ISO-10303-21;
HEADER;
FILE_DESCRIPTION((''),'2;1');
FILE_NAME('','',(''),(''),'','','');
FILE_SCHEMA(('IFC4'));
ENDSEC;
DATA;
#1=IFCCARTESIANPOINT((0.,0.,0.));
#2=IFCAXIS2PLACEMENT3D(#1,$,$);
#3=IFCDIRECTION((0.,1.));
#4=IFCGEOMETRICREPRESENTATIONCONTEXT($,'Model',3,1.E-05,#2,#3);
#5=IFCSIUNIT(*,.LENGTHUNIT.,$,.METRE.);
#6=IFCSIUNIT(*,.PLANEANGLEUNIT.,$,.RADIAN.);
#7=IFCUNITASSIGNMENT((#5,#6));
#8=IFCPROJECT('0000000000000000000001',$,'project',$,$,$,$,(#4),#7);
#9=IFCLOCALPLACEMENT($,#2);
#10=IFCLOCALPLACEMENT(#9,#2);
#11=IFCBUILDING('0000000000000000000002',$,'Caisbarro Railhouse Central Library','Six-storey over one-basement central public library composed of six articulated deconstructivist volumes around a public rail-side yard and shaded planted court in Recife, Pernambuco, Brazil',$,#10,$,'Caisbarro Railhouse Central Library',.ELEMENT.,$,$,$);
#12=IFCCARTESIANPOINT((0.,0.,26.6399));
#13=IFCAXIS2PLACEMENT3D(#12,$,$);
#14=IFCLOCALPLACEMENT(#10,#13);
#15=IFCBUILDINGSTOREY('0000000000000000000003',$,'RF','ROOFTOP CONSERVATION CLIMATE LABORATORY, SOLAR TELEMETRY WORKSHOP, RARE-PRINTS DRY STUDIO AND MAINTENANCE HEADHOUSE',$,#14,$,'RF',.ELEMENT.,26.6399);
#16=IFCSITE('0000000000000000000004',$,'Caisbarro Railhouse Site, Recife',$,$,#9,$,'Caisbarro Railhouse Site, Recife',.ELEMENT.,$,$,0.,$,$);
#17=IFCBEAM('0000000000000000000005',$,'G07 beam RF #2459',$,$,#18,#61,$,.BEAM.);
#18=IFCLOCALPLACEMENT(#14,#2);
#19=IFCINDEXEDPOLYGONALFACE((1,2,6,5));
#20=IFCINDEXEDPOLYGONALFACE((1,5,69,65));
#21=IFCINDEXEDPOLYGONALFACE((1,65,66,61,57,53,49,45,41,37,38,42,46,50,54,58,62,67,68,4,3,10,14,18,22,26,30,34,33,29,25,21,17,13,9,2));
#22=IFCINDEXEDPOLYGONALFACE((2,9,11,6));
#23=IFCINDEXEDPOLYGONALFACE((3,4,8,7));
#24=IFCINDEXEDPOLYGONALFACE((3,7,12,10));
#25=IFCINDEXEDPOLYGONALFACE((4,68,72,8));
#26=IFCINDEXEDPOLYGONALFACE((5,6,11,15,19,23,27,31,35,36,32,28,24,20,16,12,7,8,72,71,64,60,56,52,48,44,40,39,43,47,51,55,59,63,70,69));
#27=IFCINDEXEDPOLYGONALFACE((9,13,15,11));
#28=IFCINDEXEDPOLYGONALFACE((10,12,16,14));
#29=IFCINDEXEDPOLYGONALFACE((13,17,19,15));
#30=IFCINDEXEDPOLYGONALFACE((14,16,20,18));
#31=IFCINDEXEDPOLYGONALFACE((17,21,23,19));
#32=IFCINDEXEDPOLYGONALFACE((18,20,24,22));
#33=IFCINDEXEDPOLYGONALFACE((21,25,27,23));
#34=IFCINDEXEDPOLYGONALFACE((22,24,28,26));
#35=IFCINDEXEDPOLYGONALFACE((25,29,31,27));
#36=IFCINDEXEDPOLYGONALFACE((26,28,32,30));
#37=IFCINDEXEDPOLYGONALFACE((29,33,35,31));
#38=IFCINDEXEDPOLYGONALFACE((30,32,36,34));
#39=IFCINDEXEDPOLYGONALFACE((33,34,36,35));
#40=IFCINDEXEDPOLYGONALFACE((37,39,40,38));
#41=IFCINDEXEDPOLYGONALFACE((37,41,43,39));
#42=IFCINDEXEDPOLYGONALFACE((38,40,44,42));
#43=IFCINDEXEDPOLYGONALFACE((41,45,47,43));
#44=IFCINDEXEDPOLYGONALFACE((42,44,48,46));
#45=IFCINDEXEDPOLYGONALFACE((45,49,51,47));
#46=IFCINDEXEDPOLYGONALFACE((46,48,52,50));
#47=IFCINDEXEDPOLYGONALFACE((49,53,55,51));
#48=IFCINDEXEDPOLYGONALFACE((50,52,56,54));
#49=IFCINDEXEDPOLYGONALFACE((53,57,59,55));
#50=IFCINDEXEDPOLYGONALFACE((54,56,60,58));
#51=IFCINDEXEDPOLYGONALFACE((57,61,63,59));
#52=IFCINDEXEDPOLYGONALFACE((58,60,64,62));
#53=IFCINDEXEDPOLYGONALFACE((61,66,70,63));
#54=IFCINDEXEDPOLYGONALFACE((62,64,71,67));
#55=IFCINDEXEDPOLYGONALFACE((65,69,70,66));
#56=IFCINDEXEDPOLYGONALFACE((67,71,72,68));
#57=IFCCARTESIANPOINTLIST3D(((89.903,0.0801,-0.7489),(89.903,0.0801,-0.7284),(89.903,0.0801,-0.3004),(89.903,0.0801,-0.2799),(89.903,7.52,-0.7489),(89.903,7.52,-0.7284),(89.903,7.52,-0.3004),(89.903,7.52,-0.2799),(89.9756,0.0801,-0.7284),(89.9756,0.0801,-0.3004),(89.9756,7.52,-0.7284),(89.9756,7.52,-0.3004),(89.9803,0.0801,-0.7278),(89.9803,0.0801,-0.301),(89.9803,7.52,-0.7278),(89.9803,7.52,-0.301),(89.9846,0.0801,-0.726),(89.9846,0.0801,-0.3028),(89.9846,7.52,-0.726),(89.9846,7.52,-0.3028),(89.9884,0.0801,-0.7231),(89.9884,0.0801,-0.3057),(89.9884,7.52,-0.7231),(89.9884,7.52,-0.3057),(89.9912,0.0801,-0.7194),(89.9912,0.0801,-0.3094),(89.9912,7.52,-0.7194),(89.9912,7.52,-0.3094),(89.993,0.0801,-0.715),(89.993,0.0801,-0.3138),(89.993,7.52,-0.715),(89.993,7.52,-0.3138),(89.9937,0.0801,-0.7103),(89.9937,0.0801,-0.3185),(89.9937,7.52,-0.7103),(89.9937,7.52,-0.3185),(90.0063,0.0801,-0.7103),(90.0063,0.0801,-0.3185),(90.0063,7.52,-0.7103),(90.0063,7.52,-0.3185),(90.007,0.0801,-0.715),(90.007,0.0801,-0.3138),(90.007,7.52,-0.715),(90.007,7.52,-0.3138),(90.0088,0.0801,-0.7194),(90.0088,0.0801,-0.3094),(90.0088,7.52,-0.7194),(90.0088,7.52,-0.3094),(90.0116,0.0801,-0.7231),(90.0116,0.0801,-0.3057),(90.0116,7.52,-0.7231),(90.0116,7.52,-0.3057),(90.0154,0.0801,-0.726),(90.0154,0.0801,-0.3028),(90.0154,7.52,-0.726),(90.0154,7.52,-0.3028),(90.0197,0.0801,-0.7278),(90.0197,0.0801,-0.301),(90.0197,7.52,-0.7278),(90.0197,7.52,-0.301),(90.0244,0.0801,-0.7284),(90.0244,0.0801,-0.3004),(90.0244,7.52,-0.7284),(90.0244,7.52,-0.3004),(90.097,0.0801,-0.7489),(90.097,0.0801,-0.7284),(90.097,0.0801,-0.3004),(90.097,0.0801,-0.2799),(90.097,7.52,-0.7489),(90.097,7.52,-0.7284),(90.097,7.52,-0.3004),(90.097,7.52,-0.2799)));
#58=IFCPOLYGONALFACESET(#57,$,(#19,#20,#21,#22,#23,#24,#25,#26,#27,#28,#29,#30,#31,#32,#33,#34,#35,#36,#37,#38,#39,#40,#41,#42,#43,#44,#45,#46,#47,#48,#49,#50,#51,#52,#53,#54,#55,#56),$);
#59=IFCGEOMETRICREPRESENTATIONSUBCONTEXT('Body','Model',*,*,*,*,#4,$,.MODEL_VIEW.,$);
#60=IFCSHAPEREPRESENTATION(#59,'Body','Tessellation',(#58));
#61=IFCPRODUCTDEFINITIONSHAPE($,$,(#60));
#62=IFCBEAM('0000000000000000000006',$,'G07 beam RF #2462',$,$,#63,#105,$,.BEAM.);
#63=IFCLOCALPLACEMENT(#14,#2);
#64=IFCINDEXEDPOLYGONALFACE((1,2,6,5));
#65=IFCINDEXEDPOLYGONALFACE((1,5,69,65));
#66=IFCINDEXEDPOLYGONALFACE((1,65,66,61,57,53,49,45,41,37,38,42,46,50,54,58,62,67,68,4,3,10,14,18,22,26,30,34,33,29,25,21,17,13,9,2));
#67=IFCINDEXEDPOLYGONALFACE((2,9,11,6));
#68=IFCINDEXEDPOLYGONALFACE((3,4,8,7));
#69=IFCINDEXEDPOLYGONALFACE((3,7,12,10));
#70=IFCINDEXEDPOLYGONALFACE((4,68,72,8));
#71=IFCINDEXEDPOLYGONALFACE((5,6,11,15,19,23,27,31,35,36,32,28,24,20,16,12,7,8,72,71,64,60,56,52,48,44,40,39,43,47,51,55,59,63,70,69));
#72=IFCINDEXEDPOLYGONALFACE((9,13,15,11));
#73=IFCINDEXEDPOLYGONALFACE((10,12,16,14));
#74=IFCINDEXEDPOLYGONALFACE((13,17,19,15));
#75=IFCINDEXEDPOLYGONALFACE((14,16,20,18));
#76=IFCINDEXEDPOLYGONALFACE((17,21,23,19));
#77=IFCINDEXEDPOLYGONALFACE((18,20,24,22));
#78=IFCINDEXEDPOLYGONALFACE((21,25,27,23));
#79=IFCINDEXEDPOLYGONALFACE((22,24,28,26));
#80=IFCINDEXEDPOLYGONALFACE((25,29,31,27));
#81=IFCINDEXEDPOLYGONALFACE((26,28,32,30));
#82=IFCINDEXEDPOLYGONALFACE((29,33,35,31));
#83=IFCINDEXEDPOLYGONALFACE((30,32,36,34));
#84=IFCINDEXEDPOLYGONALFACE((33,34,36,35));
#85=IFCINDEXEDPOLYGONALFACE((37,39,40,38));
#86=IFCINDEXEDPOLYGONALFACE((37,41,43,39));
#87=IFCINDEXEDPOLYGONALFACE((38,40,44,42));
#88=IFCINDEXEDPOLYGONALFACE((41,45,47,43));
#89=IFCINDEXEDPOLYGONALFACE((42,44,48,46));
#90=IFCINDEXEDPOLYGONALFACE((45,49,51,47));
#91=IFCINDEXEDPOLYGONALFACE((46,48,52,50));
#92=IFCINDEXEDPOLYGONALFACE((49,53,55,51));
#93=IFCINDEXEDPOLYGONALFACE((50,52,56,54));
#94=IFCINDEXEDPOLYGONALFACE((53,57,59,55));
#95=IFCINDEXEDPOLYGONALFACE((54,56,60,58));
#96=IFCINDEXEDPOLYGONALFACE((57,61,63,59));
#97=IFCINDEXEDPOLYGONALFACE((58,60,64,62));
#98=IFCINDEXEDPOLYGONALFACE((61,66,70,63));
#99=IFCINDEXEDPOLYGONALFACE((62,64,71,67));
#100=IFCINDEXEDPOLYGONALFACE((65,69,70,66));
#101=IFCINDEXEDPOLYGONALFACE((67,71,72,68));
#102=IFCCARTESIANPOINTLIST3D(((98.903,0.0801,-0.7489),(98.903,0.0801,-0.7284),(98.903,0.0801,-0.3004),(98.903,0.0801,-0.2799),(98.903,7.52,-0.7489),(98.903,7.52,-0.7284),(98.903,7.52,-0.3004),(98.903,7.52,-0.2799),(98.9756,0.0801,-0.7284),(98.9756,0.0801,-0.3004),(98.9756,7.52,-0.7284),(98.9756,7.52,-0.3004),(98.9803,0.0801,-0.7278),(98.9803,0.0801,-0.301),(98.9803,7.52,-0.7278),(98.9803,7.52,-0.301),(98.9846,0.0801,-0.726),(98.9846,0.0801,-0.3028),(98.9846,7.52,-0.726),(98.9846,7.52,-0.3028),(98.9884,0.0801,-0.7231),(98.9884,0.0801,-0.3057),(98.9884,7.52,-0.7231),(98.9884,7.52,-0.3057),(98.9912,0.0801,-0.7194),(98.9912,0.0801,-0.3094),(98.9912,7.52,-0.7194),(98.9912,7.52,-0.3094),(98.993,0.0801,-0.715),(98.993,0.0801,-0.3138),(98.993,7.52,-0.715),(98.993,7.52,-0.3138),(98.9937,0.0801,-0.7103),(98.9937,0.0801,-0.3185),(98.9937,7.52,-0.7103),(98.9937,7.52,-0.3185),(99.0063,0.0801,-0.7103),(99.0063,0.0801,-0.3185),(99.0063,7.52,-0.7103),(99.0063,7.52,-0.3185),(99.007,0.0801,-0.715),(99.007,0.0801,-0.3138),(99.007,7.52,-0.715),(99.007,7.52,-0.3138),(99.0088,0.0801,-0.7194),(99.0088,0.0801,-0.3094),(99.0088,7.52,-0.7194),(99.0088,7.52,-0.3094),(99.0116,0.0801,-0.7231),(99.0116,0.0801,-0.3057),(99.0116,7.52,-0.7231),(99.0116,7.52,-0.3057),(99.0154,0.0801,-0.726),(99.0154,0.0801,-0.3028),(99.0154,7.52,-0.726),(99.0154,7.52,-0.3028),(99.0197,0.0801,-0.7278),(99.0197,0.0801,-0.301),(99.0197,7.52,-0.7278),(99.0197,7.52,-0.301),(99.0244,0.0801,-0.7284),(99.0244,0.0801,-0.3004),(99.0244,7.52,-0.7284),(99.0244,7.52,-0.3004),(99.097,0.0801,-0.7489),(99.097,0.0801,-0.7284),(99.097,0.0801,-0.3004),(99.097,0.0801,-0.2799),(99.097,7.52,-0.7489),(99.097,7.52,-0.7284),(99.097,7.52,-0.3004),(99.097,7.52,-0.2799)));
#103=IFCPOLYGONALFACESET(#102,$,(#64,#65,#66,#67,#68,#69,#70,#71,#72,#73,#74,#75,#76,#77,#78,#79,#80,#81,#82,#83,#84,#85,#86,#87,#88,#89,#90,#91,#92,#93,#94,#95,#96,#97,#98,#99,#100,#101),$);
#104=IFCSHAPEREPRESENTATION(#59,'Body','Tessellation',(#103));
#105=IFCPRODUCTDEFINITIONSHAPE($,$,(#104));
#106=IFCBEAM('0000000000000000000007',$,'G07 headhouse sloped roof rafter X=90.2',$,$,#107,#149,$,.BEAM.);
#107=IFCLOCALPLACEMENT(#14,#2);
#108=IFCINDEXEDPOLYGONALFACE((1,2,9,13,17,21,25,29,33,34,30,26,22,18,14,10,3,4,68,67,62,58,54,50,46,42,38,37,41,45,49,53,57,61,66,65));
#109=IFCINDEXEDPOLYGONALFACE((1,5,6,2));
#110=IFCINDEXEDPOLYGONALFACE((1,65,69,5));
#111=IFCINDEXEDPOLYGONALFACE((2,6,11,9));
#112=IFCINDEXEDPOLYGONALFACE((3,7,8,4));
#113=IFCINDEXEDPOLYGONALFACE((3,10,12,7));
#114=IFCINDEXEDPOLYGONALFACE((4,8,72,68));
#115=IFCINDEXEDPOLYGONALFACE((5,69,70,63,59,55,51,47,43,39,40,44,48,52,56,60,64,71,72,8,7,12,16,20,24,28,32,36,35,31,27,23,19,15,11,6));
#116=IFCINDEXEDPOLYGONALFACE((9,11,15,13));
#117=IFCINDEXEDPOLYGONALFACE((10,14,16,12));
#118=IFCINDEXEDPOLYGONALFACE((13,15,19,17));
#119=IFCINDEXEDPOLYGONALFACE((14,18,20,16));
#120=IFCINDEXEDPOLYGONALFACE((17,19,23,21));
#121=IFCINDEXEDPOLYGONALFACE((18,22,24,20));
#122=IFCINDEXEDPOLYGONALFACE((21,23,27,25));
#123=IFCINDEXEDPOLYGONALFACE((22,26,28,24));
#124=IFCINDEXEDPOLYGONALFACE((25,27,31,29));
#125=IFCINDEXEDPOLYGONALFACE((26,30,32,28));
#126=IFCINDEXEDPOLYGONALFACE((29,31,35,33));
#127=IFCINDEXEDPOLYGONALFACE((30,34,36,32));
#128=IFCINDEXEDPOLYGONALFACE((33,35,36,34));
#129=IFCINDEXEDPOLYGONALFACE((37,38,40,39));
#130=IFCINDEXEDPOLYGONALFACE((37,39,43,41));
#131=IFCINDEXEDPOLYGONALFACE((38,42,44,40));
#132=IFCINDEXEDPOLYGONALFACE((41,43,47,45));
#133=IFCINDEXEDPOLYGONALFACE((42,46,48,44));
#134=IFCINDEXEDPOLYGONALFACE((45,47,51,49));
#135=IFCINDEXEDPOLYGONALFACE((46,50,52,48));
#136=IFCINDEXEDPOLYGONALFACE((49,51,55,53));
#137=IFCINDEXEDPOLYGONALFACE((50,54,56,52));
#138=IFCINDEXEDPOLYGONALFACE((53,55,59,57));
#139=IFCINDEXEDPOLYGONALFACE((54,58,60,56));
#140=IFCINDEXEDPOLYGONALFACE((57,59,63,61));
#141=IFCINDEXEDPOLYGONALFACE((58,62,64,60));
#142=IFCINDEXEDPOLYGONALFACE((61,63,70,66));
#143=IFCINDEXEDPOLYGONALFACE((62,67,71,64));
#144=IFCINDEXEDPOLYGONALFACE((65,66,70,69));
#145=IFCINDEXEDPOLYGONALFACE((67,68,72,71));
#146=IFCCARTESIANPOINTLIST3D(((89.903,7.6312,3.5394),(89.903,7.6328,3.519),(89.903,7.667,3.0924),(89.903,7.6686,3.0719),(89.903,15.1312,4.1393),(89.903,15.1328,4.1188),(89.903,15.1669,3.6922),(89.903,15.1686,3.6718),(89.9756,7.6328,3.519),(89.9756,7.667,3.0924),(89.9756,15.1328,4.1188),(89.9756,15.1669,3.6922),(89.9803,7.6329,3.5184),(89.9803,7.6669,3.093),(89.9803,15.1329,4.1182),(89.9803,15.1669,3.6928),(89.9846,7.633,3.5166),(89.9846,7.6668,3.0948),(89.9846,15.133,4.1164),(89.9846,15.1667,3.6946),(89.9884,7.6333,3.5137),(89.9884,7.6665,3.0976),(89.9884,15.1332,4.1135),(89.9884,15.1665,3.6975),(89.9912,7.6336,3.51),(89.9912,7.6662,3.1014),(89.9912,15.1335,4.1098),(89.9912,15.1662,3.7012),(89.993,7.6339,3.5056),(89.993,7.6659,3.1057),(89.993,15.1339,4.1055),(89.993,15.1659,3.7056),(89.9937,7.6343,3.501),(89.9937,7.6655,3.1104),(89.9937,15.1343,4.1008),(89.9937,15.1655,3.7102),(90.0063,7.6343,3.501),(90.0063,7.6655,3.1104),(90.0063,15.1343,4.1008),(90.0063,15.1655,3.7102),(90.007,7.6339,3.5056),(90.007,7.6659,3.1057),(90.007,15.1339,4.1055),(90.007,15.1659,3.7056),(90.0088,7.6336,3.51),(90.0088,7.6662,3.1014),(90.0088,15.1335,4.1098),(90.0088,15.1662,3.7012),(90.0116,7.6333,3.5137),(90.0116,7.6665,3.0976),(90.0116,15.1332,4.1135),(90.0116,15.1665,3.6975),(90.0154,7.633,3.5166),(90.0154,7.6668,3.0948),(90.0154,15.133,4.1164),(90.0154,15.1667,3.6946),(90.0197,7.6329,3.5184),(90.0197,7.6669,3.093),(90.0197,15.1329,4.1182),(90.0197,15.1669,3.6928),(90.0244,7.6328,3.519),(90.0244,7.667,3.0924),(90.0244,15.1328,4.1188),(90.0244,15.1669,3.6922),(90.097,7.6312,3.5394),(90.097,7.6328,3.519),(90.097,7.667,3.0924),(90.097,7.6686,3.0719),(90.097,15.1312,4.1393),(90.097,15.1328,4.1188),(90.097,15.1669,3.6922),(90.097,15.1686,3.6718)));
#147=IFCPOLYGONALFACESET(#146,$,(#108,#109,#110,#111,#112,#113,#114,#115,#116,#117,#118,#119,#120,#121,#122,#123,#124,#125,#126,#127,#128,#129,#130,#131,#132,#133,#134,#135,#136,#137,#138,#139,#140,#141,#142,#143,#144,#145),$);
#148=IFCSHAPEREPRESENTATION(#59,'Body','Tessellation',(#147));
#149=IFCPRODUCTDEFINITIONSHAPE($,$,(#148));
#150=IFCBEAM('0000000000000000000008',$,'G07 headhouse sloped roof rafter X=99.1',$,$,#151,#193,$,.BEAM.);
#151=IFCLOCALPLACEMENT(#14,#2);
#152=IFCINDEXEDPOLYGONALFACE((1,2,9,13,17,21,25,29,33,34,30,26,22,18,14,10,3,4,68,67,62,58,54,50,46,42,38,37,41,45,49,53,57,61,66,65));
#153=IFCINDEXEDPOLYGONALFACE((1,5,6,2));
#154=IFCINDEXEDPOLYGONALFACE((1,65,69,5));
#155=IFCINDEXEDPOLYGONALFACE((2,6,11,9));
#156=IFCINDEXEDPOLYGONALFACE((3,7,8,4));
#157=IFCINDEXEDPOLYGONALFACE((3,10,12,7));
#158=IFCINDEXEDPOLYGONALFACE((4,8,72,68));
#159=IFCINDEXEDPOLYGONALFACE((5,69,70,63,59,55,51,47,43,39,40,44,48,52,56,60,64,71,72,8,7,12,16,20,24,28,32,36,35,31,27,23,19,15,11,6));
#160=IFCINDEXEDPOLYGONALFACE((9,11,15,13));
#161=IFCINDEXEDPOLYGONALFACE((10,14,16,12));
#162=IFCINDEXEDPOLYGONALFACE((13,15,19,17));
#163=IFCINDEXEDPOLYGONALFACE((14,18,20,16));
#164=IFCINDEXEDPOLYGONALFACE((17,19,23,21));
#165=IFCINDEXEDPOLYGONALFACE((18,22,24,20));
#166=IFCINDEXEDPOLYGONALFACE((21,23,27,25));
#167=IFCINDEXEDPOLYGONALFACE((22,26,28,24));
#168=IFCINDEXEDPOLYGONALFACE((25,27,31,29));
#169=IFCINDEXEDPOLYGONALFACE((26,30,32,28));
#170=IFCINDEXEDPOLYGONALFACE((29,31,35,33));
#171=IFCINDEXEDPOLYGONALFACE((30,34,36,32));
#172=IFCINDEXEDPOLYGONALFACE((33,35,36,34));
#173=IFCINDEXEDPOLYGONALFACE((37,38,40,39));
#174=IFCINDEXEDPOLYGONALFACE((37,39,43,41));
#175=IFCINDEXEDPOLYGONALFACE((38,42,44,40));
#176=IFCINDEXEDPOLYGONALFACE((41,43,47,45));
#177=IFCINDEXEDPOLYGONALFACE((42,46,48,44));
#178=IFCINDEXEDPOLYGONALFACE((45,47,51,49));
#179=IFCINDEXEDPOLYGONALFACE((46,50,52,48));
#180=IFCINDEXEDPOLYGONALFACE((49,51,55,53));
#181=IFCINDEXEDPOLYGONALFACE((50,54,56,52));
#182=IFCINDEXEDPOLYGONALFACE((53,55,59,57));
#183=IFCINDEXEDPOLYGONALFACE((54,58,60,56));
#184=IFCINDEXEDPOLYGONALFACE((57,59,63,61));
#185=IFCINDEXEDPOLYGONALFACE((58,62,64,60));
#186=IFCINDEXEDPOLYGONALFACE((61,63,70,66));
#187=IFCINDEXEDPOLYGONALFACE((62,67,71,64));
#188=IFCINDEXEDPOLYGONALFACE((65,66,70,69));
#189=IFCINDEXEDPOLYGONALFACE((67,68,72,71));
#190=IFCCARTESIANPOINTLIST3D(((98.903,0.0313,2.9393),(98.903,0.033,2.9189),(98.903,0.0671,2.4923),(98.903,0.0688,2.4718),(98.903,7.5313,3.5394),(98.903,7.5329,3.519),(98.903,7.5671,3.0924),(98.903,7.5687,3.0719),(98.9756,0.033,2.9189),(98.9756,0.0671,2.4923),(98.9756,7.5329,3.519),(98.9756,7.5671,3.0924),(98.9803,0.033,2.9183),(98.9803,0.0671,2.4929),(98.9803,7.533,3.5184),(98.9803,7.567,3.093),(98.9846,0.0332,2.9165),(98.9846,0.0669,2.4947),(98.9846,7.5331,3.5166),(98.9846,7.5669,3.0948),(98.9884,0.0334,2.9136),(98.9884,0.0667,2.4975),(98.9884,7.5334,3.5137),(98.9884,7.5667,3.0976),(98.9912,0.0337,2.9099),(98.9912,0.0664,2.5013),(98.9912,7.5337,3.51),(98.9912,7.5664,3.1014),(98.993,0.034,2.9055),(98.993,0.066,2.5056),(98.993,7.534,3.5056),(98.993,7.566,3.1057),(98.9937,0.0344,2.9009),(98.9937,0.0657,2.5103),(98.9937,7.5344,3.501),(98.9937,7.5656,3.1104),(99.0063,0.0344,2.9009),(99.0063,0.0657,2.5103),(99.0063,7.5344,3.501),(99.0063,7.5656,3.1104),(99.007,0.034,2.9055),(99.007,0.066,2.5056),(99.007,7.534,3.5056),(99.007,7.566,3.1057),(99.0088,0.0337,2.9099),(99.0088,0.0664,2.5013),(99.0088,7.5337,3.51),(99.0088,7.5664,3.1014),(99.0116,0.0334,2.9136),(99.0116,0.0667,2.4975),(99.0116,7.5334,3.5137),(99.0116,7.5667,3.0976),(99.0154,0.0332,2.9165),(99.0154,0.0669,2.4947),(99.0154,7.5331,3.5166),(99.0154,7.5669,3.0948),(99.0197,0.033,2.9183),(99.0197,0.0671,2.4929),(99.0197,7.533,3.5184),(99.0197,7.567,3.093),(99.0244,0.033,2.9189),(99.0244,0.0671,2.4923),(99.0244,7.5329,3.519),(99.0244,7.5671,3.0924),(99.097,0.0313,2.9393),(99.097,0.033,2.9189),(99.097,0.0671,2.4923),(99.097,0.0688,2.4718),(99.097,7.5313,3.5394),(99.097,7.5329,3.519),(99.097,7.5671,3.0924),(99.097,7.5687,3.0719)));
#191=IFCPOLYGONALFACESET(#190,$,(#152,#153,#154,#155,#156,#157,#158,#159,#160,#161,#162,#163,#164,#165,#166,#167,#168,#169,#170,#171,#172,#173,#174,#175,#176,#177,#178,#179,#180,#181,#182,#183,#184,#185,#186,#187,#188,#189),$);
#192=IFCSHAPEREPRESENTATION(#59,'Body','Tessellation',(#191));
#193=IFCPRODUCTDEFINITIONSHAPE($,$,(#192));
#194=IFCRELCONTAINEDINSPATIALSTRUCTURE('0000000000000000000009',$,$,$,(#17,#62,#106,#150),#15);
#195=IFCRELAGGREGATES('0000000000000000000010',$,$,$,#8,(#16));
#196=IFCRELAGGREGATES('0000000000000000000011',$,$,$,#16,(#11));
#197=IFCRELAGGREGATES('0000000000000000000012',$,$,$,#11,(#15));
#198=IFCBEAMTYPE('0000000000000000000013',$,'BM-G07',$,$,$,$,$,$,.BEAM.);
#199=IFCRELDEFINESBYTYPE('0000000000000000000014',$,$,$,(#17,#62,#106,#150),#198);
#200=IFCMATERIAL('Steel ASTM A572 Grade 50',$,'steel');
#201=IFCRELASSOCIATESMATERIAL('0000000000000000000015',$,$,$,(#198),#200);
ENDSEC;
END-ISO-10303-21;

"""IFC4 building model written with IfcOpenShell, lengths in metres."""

from ifc_helpers import new_model, si_unit, direction, frame, origin, origin_2d, place, context, subcontext, project, spatial, i_section, extrude, material, material_profile, profile_set, type_object, element, save


model = new_model("IFC4")

# Units and contexts
model_context = context("Model", 3, precision=1e-05, world=origin(), true_north=direction((0.0, 1.0)))
body_context = subcontext(model_context, "Body", "Model", "MODEL_VIEW")
ifc_project = project(units=[si_unit("LENGTHUNIT", "METRE"), si_unit("PLANEANGLEUNIT", "RADIAN")], contexts=[model_context])

# Site, building, storey
site_placement = place(None, origin())
site = spatial("IfcSite", under=ifc_project, at=site_placement, Name="Caisbarro Railhouse Site, Recife", LongName="Caisbarro Railhouse Site, Recife", CompositionType="ELEMENT", RefElevation=0.0)
building_placement = place(site_placement, origin())
building = spatial("IfcBuilding", under=site, at=building_placement, Name="Caisbarro Railhouse Central Library", Description="Six-storey over one-basement central public library composed of six articulated deconstructivist volumes around a public rail-side yard and shaded planted court in Recife, Pernambuco, Brazil", LongName="Caisbarro Railhouse Central Library", CompositionType="ELEMENT")
storey_placement = place(building_placement, frame((0.0, 0.0, 26.6399)))
storey = spatial("IfcBuildingStorey", under=building, at=storey_placement, Name="RF", Description="ROOFTOP CONSERVATION CLIMATE LABORATORY, SOLAR TELEMETRY WORKSHOP, RARE-PRINTS DRY STUDIO AND MAINTENANCE HEADHOUSE", LongName="RF", CompositionType="ELEMENT", Elevation=26.6399)

# Shared definitions
ifc_material_1 = material(Name="Steel ASTM A572 Grade 50", Category="steel")

# Beams
ifc_material_profile_1 = material_profile(ifc_material_1, i_section(OverallWidth=0.1941, OverallDepth=0.469, WebThickness=0.0127, FlangeThickness=0.0205, FilletRadius=0.0181, at=origin_2d()), Name="W460X106.0")
ifc_profile_set_1 = profile_set([ifc_material_profile_1], Name="Steel ASTM A572 Grade 50")
beam_type_1 = type_object("IfcBeamType", Name="BM-G07", PredefinedType="BEAM", material=ifc_profile_set_1)
for number, where, z_axis, x_axis, name in (
    (1, (90.0, 0.0801, -0.5144), (0.0, 1.0, 0.0), (-1.0, 0.0, 0.0), "G07 beam RF #2459"),
    (2, (99.0, 0.0801, -0.5144), (0.0, 1.0, 0.0), (-1.0, 0.0, 0.0), "G07 beam RF #2462"),
):
    element("IfcBeam", number, at=place(storey_placement, frame(where, z_axis=z_axis, x_axis=x_axis)), inside=storey, type_object=beam_type_1, Name=name, PredefinedType="BEAM", context=body_context, shape_type="SweptSolid", body=[
        extrude(i_section(OverallWidth=0.1941, OverallDepth=0.469, WebThickness=0.0127, FlangeThickness=0.0205, FilletRadius=0.0181, at=origin_2d()), origin(), (0.0, 0.0, 1.0), 7.4399),
    ])
for number, where, z_axis, x_axis, name in (
    (3, (90.0, 7.6499, 3.3057), (0.0, 0.996817, 0.079726), (-1.0, 0.0, 0.0), "G07 headhouse sloped roof rafter X=90.2"),
    (4, (99.0, 0.05, 2.7056), (0.0, 0.996814, 0.079758), (-1.0, 0.0, 0.0), "G07 headhouse sloped roof rafter X=99.1"),
):
    element("IfcBeam", number, at=place(storey_placement, frame(where, z_axis=z_axis, x_axis=x_axis)), inside=storey, type_object=beam_type_1, Name=name, PredefinedType="BEAM", context=body_context, shape_type="SweptSolid", body=[
        extrude(i_section(OverallWidth=0.1941, OverallDepth=0.469, WebThickness=0.0127, FlangeThickness=0.0205, FilletRadius=0.0181, at=origin_2d()), origin(), (0.0, 0.0, 1.0), 7.5239),
    ])

save(model, "model.ifc")
